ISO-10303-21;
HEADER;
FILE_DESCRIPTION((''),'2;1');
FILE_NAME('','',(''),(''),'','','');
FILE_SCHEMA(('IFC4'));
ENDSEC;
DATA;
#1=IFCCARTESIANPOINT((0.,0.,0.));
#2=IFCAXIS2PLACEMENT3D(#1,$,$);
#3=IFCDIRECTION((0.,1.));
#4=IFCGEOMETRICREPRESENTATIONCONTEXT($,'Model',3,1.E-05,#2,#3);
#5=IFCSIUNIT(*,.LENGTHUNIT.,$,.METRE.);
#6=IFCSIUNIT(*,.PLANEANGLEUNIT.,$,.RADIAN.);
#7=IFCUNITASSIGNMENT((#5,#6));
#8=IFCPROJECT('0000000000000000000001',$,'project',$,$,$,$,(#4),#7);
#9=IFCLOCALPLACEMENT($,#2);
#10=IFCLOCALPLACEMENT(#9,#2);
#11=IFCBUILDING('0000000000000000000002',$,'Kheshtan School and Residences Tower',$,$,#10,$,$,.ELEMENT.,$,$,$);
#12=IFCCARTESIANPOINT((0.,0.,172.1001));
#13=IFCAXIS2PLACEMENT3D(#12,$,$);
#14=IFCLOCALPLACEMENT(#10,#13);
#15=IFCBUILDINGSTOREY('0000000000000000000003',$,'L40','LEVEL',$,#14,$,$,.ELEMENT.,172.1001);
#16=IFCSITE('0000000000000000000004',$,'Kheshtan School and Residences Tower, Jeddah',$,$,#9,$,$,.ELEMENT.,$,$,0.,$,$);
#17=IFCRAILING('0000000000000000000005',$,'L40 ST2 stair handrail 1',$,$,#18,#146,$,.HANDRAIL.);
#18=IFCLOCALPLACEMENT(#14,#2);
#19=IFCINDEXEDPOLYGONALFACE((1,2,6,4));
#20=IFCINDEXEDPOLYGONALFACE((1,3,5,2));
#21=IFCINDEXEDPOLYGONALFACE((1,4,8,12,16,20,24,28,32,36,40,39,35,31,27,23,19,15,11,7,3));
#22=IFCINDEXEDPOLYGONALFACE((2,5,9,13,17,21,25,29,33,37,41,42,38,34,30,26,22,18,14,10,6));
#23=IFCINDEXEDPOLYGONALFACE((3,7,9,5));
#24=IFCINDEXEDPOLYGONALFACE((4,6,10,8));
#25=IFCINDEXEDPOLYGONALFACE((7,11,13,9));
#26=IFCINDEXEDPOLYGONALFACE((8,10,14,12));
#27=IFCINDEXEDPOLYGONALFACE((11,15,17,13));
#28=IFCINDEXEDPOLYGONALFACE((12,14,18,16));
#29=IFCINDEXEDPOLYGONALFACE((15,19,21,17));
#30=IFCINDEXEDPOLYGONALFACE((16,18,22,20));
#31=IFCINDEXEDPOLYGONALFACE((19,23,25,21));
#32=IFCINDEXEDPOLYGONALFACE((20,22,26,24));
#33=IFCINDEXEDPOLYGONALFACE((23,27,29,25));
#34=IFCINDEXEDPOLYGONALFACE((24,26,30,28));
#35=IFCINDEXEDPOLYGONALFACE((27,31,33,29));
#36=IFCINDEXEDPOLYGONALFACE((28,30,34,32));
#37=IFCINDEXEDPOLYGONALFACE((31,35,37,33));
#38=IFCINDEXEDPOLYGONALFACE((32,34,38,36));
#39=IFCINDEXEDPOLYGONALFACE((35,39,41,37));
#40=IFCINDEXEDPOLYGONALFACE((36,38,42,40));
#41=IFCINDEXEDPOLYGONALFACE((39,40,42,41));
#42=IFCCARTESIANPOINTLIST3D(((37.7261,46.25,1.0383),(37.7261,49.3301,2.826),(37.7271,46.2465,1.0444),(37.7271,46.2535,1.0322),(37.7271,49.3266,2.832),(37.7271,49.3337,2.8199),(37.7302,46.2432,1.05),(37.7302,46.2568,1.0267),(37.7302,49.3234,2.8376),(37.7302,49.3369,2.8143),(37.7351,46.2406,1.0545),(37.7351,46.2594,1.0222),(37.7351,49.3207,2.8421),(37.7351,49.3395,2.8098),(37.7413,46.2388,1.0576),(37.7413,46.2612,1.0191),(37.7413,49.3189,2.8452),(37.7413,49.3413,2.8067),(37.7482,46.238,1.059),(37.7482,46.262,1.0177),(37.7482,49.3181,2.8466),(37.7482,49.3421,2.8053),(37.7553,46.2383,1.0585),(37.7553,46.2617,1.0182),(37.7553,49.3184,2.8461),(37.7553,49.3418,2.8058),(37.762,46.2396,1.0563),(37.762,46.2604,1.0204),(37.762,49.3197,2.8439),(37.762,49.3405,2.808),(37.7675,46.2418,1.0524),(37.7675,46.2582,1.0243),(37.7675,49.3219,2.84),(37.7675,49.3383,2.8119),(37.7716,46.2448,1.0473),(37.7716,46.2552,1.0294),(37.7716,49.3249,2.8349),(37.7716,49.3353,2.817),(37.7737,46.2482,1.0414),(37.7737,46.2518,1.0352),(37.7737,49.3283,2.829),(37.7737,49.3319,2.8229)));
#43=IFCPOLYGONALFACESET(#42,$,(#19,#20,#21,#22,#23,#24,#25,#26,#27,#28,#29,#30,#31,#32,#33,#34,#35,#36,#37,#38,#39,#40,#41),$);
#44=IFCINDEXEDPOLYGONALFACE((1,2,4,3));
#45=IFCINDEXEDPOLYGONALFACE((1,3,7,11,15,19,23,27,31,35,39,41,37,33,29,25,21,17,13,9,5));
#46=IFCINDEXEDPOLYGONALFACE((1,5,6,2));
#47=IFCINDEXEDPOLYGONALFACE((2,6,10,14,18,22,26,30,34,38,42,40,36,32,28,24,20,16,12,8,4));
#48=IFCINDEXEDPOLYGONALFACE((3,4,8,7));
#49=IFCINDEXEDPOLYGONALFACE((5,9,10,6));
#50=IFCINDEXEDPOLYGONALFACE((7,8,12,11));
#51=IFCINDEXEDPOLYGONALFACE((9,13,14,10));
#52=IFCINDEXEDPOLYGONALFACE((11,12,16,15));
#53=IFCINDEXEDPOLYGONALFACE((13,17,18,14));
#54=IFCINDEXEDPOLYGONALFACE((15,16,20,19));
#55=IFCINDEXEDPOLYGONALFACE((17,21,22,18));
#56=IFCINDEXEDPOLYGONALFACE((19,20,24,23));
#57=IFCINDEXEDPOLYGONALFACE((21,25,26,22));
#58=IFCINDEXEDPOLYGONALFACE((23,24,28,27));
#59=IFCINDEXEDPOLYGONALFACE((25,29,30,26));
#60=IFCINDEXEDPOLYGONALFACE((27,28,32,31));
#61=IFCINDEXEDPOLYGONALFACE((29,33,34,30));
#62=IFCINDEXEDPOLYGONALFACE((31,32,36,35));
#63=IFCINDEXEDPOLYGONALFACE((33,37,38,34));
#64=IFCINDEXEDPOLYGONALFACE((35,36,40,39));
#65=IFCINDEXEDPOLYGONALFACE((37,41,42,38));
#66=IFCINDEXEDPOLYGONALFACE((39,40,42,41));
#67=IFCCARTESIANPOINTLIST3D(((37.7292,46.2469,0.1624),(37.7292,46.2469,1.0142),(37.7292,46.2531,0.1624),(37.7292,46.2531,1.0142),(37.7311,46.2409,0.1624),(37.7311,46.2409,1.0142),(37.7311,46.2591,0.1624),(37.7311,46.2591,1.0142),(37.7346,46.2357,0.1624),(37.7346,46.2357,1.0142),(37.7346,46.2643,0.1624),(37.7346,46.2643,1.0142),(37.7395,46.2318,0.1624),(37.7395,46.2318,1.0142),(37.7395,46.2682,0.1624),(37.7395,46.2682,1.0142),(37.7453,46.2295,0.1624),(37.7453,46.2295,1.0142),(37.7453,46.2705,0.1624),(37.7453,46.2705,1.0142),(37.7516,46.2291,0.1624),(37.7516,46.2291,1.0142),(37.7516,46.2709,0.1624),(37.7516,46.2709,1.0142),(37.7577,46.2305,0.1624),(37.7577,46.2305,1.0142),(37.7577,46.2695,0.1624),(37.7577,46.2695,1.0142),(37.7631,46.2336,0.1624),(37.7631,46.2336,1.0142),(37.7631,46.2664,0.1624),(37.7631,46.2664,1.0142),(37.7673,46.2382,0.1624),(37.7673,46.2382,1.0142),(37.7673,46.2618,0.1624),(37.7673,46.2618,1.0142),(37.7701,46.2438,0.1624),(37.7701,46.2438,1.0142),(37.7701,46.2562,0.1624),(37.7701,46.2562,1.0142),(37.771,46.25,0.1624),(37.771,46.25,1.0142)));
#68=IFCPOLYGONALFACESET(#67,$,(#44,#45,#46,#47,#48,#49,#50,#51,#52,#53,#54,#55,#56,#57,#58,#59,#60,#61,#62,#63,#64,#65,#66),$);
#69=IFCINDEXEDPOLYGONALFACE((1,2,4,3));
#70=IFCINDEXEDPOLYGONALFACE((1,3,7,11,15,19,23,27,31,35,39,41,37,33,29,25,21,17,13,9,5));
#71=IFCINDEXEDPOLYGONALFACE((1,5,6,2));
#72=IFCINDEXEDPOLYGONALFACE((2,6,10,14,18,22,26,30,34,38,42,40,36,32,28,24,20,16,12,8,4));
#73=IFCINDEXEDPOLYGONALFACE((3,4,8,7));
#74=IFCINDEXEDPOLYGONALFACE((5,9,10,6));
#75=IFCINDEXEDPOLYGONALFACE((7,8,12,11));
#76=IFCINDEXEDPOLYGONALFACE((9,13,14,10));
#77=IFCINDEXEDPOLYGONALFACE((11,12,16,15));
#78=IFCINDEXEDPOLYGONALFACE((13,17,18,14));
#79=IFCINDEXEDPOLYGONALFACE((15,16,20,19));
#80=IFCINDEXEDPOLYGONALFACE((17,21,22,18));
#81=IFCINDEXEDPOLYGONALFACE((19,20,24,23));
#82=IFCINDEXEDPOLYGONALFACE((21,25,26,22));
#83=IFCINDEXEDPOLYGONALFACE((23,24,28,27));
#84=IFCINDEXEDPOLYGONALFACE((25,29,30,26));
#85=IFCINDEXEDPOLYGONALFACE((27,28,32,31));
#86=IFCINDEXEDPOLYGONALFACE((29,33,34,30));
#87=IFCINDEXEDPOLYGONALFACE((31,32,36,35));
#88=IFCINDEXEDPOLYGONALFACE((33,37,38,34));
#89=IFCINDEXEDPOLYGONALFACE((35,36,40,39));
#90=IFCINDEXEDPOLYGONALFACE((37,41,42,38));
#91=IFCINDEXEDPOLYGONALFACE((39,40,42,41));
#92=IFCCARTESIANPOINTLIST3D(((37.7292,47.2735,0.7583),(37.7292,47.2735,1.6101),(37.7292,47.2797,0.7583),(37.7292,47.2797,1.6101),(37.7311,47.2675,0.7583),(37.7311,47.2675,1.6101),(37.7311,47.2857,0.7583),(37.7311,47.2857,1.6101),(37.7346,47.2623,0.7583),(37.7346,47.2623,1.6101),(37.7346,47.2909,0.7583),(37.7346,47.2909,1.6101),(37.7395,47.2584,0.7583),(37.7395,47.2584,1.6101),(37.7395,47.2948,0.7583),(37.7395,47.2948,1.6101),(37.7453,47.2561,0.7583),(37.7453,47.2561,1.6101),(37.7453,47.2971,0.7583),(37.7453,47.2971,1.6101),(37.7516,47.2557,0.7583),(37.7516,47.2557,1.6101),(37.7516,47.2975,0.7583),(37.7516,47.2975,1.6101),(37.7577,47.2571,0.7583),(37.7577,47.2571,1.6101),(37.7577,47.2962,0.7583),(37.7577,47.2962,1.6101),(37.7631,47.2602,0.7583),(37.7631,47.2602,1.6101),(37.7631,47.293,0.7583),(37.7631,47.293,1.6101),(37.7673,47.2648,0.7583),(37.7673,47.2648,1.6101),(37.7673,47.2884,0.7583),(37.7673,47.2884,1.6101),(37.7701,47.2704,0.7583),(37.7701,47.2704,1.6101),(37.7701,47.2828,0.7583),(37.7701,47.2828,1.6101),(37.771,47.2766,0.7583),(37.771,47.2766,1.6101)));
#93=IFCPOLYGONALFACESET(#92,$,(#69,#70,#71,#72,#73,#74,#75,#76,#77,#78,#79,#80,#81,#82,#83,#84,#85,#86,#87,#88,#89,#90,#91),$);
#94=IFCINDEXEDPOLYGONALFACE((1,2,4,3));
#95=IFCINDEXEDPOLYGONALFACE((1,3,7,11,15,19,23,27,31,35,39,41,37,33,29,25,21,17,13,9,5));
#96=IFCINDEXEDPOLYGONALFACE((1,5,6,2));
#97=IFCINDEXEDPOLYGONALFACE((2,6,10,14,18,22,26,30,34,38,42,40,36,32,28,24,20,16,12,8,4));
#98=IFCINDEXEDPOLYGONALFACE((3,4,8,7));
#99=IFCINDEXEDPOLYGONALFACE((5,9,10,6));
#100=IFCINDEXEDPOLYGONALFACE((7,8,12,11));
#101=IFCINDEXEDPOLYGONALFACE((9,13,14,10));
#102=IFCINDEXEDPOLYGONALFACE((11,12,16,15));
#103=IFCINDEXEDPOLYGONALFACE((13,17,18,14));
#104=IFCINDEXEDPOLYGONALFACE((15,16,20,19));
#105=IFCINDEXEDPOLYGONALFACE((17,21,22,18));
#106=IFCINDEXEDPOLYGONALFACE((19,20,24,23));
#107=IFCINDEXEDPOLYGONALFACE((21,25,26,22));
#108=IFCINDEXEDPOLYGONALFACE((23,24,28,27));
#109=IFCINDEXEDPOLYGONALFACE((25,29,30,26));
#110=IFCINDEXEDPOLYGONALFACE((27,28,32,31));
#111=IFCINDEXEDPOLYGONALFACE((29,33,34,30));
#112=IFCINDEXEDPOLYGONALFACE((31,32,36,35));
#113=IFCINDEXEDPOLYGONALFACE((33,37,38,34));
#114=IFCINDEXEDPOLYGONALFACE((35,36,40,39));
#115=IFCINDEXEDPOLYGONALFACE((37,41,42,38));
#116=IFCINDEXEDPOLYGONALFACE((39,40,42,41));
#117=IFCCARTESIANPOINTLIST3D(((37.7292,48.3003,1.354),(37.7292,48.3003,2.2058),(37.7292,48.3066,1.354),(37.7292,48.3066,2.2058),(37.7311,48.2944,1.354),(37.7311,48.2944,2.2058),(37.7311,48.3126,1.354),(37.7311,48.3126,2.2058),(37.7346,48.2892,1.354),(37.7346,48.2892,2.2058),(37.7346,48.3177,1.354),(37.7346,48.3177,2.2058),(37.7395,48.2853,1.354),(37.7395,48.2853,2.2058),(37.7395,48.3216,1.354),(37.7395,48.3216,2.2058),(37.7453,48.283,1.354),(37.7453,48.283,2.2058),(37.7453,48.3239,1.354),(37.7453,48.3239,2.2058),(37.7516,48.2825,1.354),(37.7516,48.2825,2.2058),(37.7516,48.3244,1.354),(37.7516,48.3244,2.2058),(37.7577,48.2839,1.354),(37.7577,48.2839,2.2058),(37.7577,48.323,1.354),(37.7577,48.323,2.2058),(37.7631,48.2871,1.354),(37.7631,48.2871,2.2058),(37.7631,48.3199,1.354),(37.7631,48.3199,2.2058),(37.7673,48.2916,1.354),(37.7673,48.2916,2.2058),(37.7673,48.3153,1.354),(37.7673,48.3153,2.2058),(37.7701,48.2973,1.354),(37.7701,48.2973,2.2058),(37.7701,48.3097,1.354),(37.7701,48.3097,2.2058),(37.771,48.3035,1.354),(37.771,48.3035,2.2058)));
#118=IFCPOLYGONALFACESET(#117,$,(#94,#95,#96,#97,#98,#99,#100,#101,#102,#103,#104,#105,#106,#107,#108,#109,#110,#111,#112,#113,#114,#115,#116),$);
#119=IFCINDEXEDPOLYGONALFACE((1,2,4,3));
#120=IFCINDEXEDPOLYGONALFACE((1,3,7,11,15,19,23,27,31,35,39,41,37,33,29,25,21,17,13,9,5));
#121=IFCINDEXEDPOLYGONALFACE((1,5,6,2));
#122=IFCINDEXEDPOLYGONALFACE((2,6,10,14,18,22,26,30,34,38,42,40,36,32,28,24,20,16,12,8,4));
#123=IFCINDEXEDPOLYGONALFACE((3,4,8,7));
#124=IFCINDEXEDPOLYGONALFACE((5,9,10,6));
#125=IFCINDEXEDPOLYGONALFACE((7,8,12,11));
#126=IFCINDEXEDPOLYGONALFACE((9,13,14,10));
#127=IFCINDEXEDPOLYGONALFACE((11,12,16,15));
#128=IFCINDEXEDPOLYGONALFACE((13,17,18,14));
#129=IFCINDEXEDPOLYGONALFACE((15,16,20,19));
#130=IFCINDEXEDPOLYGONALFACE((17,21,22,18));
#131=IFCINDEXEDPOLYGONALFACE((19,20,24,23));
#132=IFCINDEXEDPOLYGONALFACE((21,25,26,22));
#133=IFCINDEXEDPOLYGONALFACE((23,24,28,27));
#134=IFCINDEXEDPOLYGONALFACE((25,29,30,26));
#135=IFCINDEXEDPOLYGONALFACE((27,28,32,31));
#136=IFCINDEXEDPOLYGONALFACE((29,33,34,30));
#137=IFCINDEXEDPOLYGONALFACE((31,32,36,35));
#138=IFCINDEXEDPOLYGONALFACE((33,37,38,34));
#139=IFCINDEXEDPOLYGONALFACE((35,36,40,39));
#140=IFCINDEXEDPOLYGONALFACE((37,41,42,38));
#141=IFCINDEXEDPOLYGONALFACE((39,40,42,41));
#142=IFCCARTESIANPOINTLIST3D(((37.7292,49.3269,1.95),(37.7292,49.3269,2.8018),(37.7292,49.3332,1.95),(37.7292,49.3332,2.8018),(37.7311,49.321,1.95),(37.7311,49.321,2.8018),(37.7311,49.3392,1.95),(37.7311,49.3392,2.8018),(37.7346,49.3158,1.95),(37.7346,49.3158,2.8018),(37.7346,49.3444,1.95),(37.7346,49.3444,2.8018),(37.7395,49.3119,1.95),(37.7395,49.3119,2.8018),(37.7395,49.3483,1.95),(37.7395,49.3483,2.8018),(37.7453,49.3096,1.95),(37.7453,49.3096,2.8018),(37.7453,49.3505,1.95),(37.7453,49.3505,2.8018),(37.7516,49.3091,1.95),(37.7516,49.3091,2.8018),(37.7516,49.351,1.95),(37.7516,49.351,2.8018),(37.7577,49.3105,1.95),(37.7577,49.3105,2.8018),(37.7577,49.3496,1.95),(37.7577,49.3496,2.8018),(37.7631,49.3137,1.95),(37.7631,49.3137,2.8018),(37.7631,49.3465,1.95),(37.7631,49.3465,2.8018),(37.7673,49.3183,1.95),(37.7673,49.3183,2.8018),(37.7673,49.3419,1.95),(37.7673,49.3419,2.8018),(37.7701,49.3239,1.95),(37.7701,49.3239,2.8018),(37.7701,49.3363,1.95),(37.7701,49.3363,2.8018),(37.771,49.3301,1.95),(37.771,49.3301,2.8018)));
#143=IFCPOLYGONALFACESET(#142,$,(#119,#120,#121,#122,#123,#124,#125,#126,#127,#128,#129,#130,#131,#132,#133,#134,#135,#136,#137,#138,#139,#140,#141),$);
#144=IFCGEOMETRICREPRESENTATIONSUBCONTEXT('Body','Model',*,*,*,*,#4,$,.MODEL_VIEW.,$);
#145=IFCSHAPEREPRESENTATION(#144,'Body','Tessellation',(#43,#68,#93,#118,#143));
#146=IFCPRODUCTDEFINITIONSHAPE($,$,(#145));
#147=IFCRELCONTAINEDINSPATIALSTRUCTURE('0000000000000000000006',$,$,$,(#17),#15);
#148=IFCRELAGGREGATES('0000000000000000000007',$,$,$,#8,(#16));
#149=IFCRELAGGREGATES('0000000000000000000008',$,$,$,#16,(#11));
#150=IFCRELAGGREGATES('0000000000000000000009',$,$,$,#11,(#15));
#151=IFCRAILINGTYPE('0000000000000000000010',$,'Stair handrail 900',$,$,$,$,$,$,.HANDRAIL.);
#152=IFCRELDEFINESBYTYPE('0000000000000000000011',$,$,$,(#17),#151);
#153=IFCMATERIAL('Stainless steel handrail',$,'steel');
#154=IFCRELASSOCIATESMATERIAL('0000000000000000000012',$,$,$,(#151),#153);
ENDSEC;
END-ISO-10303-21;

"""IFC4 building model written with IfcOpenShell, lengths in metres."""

from ifc_helpers import new_model, si_unit, direction, frame, origin, origin_2d, place, context, subcontext, project, spatial, circle, extrude, material, type_object, element, save


model = new_model("IFC4")

# Units and contexts
model_context = context("Model", 3, precision=1e-05, world=origin(), true_north=direction((0.0, 1.0)))
body_context = subcontext(model_context, "Body", "Model", "MODEL_VIEW")
ifc_project = project(units=[si_unit("LENGTHUNIT", "METRE"), si_unit("PLANEANGLEUNIT", "RADIAN")], contexts=[model_context])

# Site, building, storey
site_placement = place(None, origin())
site = spatial("IfcSite", under=ifc_project, at=site_placement, Name="Kheshtan School and Residences Tower, Jeddah", CompositionType="ELEMENT", RefElevation=0.0)
building_placement = place(site_placement, origin())
building = spatial("IfcBuilding", under=site, at=building_placement, Name="Kheshtan School and Residences Tower", CompositionType="ELEMENT")
storey_placement = place(building_placement, frame((0.0, 0.0, 172.1001)))
storey = spatial("IfcBuildingStorey", under=building, at=storey_placement, Name="L40", Description="LEVEL", CompositionType="ELEMENT", Elevation=172.1001)

# Railing
ifc_material_1 = material(Name="Stainless steel handrail", Category="steel")
railing_type_1 = type_object("IfcRailingType", Name="Stair handrail 900", PredefinedType="HANDRAIL", material=ifc_material_1)
railing_1_placement = place(storey_placement, frame((37.75, 46.25, 0.1624)))
element("IfcRailing", 1, at=railing_1_placement, inside=storey, type_object=railing_type_1, Name="L40 ST2 stair handrail 1", PredefinedType="HANDRAIL", context=body_context, shape_type="SweptSolid", body=[
    extrude(circle(Radius=0.0239, at=origin_2d()), frame((0.0, 0.0, 0.876), z_axis=(0.0, 0.864891, 0.50196), x_axis=(-1.0, 0.0, 0.0)), (0.0, 0.0, 1.0), 3.5613),
    extrude(circle(Radius=0.021, at=origin_2d()), origin(), (0.0, 0.0, 1.0), 0.8518),
    extrude(circle(Radius=0.021, at=origin_2d()), frame((0.0, 1.0266, 0.5959)), (0.0, 0.0, 1.0), 0.8518),
    extrude(circle(Radius=0.021, at=origin_2d()), frame((0.0, 2.0535, 1.1917)), (0.0, 0.0, 1.0), 0.8518),
    extrude(circle(Radius=0.021, at=origin_2d()), frame((0.0, 3.0801, 1.7876)), (0.0, 0.0, 1.0), 0.8518),
])

save(model, "model.ifc")
